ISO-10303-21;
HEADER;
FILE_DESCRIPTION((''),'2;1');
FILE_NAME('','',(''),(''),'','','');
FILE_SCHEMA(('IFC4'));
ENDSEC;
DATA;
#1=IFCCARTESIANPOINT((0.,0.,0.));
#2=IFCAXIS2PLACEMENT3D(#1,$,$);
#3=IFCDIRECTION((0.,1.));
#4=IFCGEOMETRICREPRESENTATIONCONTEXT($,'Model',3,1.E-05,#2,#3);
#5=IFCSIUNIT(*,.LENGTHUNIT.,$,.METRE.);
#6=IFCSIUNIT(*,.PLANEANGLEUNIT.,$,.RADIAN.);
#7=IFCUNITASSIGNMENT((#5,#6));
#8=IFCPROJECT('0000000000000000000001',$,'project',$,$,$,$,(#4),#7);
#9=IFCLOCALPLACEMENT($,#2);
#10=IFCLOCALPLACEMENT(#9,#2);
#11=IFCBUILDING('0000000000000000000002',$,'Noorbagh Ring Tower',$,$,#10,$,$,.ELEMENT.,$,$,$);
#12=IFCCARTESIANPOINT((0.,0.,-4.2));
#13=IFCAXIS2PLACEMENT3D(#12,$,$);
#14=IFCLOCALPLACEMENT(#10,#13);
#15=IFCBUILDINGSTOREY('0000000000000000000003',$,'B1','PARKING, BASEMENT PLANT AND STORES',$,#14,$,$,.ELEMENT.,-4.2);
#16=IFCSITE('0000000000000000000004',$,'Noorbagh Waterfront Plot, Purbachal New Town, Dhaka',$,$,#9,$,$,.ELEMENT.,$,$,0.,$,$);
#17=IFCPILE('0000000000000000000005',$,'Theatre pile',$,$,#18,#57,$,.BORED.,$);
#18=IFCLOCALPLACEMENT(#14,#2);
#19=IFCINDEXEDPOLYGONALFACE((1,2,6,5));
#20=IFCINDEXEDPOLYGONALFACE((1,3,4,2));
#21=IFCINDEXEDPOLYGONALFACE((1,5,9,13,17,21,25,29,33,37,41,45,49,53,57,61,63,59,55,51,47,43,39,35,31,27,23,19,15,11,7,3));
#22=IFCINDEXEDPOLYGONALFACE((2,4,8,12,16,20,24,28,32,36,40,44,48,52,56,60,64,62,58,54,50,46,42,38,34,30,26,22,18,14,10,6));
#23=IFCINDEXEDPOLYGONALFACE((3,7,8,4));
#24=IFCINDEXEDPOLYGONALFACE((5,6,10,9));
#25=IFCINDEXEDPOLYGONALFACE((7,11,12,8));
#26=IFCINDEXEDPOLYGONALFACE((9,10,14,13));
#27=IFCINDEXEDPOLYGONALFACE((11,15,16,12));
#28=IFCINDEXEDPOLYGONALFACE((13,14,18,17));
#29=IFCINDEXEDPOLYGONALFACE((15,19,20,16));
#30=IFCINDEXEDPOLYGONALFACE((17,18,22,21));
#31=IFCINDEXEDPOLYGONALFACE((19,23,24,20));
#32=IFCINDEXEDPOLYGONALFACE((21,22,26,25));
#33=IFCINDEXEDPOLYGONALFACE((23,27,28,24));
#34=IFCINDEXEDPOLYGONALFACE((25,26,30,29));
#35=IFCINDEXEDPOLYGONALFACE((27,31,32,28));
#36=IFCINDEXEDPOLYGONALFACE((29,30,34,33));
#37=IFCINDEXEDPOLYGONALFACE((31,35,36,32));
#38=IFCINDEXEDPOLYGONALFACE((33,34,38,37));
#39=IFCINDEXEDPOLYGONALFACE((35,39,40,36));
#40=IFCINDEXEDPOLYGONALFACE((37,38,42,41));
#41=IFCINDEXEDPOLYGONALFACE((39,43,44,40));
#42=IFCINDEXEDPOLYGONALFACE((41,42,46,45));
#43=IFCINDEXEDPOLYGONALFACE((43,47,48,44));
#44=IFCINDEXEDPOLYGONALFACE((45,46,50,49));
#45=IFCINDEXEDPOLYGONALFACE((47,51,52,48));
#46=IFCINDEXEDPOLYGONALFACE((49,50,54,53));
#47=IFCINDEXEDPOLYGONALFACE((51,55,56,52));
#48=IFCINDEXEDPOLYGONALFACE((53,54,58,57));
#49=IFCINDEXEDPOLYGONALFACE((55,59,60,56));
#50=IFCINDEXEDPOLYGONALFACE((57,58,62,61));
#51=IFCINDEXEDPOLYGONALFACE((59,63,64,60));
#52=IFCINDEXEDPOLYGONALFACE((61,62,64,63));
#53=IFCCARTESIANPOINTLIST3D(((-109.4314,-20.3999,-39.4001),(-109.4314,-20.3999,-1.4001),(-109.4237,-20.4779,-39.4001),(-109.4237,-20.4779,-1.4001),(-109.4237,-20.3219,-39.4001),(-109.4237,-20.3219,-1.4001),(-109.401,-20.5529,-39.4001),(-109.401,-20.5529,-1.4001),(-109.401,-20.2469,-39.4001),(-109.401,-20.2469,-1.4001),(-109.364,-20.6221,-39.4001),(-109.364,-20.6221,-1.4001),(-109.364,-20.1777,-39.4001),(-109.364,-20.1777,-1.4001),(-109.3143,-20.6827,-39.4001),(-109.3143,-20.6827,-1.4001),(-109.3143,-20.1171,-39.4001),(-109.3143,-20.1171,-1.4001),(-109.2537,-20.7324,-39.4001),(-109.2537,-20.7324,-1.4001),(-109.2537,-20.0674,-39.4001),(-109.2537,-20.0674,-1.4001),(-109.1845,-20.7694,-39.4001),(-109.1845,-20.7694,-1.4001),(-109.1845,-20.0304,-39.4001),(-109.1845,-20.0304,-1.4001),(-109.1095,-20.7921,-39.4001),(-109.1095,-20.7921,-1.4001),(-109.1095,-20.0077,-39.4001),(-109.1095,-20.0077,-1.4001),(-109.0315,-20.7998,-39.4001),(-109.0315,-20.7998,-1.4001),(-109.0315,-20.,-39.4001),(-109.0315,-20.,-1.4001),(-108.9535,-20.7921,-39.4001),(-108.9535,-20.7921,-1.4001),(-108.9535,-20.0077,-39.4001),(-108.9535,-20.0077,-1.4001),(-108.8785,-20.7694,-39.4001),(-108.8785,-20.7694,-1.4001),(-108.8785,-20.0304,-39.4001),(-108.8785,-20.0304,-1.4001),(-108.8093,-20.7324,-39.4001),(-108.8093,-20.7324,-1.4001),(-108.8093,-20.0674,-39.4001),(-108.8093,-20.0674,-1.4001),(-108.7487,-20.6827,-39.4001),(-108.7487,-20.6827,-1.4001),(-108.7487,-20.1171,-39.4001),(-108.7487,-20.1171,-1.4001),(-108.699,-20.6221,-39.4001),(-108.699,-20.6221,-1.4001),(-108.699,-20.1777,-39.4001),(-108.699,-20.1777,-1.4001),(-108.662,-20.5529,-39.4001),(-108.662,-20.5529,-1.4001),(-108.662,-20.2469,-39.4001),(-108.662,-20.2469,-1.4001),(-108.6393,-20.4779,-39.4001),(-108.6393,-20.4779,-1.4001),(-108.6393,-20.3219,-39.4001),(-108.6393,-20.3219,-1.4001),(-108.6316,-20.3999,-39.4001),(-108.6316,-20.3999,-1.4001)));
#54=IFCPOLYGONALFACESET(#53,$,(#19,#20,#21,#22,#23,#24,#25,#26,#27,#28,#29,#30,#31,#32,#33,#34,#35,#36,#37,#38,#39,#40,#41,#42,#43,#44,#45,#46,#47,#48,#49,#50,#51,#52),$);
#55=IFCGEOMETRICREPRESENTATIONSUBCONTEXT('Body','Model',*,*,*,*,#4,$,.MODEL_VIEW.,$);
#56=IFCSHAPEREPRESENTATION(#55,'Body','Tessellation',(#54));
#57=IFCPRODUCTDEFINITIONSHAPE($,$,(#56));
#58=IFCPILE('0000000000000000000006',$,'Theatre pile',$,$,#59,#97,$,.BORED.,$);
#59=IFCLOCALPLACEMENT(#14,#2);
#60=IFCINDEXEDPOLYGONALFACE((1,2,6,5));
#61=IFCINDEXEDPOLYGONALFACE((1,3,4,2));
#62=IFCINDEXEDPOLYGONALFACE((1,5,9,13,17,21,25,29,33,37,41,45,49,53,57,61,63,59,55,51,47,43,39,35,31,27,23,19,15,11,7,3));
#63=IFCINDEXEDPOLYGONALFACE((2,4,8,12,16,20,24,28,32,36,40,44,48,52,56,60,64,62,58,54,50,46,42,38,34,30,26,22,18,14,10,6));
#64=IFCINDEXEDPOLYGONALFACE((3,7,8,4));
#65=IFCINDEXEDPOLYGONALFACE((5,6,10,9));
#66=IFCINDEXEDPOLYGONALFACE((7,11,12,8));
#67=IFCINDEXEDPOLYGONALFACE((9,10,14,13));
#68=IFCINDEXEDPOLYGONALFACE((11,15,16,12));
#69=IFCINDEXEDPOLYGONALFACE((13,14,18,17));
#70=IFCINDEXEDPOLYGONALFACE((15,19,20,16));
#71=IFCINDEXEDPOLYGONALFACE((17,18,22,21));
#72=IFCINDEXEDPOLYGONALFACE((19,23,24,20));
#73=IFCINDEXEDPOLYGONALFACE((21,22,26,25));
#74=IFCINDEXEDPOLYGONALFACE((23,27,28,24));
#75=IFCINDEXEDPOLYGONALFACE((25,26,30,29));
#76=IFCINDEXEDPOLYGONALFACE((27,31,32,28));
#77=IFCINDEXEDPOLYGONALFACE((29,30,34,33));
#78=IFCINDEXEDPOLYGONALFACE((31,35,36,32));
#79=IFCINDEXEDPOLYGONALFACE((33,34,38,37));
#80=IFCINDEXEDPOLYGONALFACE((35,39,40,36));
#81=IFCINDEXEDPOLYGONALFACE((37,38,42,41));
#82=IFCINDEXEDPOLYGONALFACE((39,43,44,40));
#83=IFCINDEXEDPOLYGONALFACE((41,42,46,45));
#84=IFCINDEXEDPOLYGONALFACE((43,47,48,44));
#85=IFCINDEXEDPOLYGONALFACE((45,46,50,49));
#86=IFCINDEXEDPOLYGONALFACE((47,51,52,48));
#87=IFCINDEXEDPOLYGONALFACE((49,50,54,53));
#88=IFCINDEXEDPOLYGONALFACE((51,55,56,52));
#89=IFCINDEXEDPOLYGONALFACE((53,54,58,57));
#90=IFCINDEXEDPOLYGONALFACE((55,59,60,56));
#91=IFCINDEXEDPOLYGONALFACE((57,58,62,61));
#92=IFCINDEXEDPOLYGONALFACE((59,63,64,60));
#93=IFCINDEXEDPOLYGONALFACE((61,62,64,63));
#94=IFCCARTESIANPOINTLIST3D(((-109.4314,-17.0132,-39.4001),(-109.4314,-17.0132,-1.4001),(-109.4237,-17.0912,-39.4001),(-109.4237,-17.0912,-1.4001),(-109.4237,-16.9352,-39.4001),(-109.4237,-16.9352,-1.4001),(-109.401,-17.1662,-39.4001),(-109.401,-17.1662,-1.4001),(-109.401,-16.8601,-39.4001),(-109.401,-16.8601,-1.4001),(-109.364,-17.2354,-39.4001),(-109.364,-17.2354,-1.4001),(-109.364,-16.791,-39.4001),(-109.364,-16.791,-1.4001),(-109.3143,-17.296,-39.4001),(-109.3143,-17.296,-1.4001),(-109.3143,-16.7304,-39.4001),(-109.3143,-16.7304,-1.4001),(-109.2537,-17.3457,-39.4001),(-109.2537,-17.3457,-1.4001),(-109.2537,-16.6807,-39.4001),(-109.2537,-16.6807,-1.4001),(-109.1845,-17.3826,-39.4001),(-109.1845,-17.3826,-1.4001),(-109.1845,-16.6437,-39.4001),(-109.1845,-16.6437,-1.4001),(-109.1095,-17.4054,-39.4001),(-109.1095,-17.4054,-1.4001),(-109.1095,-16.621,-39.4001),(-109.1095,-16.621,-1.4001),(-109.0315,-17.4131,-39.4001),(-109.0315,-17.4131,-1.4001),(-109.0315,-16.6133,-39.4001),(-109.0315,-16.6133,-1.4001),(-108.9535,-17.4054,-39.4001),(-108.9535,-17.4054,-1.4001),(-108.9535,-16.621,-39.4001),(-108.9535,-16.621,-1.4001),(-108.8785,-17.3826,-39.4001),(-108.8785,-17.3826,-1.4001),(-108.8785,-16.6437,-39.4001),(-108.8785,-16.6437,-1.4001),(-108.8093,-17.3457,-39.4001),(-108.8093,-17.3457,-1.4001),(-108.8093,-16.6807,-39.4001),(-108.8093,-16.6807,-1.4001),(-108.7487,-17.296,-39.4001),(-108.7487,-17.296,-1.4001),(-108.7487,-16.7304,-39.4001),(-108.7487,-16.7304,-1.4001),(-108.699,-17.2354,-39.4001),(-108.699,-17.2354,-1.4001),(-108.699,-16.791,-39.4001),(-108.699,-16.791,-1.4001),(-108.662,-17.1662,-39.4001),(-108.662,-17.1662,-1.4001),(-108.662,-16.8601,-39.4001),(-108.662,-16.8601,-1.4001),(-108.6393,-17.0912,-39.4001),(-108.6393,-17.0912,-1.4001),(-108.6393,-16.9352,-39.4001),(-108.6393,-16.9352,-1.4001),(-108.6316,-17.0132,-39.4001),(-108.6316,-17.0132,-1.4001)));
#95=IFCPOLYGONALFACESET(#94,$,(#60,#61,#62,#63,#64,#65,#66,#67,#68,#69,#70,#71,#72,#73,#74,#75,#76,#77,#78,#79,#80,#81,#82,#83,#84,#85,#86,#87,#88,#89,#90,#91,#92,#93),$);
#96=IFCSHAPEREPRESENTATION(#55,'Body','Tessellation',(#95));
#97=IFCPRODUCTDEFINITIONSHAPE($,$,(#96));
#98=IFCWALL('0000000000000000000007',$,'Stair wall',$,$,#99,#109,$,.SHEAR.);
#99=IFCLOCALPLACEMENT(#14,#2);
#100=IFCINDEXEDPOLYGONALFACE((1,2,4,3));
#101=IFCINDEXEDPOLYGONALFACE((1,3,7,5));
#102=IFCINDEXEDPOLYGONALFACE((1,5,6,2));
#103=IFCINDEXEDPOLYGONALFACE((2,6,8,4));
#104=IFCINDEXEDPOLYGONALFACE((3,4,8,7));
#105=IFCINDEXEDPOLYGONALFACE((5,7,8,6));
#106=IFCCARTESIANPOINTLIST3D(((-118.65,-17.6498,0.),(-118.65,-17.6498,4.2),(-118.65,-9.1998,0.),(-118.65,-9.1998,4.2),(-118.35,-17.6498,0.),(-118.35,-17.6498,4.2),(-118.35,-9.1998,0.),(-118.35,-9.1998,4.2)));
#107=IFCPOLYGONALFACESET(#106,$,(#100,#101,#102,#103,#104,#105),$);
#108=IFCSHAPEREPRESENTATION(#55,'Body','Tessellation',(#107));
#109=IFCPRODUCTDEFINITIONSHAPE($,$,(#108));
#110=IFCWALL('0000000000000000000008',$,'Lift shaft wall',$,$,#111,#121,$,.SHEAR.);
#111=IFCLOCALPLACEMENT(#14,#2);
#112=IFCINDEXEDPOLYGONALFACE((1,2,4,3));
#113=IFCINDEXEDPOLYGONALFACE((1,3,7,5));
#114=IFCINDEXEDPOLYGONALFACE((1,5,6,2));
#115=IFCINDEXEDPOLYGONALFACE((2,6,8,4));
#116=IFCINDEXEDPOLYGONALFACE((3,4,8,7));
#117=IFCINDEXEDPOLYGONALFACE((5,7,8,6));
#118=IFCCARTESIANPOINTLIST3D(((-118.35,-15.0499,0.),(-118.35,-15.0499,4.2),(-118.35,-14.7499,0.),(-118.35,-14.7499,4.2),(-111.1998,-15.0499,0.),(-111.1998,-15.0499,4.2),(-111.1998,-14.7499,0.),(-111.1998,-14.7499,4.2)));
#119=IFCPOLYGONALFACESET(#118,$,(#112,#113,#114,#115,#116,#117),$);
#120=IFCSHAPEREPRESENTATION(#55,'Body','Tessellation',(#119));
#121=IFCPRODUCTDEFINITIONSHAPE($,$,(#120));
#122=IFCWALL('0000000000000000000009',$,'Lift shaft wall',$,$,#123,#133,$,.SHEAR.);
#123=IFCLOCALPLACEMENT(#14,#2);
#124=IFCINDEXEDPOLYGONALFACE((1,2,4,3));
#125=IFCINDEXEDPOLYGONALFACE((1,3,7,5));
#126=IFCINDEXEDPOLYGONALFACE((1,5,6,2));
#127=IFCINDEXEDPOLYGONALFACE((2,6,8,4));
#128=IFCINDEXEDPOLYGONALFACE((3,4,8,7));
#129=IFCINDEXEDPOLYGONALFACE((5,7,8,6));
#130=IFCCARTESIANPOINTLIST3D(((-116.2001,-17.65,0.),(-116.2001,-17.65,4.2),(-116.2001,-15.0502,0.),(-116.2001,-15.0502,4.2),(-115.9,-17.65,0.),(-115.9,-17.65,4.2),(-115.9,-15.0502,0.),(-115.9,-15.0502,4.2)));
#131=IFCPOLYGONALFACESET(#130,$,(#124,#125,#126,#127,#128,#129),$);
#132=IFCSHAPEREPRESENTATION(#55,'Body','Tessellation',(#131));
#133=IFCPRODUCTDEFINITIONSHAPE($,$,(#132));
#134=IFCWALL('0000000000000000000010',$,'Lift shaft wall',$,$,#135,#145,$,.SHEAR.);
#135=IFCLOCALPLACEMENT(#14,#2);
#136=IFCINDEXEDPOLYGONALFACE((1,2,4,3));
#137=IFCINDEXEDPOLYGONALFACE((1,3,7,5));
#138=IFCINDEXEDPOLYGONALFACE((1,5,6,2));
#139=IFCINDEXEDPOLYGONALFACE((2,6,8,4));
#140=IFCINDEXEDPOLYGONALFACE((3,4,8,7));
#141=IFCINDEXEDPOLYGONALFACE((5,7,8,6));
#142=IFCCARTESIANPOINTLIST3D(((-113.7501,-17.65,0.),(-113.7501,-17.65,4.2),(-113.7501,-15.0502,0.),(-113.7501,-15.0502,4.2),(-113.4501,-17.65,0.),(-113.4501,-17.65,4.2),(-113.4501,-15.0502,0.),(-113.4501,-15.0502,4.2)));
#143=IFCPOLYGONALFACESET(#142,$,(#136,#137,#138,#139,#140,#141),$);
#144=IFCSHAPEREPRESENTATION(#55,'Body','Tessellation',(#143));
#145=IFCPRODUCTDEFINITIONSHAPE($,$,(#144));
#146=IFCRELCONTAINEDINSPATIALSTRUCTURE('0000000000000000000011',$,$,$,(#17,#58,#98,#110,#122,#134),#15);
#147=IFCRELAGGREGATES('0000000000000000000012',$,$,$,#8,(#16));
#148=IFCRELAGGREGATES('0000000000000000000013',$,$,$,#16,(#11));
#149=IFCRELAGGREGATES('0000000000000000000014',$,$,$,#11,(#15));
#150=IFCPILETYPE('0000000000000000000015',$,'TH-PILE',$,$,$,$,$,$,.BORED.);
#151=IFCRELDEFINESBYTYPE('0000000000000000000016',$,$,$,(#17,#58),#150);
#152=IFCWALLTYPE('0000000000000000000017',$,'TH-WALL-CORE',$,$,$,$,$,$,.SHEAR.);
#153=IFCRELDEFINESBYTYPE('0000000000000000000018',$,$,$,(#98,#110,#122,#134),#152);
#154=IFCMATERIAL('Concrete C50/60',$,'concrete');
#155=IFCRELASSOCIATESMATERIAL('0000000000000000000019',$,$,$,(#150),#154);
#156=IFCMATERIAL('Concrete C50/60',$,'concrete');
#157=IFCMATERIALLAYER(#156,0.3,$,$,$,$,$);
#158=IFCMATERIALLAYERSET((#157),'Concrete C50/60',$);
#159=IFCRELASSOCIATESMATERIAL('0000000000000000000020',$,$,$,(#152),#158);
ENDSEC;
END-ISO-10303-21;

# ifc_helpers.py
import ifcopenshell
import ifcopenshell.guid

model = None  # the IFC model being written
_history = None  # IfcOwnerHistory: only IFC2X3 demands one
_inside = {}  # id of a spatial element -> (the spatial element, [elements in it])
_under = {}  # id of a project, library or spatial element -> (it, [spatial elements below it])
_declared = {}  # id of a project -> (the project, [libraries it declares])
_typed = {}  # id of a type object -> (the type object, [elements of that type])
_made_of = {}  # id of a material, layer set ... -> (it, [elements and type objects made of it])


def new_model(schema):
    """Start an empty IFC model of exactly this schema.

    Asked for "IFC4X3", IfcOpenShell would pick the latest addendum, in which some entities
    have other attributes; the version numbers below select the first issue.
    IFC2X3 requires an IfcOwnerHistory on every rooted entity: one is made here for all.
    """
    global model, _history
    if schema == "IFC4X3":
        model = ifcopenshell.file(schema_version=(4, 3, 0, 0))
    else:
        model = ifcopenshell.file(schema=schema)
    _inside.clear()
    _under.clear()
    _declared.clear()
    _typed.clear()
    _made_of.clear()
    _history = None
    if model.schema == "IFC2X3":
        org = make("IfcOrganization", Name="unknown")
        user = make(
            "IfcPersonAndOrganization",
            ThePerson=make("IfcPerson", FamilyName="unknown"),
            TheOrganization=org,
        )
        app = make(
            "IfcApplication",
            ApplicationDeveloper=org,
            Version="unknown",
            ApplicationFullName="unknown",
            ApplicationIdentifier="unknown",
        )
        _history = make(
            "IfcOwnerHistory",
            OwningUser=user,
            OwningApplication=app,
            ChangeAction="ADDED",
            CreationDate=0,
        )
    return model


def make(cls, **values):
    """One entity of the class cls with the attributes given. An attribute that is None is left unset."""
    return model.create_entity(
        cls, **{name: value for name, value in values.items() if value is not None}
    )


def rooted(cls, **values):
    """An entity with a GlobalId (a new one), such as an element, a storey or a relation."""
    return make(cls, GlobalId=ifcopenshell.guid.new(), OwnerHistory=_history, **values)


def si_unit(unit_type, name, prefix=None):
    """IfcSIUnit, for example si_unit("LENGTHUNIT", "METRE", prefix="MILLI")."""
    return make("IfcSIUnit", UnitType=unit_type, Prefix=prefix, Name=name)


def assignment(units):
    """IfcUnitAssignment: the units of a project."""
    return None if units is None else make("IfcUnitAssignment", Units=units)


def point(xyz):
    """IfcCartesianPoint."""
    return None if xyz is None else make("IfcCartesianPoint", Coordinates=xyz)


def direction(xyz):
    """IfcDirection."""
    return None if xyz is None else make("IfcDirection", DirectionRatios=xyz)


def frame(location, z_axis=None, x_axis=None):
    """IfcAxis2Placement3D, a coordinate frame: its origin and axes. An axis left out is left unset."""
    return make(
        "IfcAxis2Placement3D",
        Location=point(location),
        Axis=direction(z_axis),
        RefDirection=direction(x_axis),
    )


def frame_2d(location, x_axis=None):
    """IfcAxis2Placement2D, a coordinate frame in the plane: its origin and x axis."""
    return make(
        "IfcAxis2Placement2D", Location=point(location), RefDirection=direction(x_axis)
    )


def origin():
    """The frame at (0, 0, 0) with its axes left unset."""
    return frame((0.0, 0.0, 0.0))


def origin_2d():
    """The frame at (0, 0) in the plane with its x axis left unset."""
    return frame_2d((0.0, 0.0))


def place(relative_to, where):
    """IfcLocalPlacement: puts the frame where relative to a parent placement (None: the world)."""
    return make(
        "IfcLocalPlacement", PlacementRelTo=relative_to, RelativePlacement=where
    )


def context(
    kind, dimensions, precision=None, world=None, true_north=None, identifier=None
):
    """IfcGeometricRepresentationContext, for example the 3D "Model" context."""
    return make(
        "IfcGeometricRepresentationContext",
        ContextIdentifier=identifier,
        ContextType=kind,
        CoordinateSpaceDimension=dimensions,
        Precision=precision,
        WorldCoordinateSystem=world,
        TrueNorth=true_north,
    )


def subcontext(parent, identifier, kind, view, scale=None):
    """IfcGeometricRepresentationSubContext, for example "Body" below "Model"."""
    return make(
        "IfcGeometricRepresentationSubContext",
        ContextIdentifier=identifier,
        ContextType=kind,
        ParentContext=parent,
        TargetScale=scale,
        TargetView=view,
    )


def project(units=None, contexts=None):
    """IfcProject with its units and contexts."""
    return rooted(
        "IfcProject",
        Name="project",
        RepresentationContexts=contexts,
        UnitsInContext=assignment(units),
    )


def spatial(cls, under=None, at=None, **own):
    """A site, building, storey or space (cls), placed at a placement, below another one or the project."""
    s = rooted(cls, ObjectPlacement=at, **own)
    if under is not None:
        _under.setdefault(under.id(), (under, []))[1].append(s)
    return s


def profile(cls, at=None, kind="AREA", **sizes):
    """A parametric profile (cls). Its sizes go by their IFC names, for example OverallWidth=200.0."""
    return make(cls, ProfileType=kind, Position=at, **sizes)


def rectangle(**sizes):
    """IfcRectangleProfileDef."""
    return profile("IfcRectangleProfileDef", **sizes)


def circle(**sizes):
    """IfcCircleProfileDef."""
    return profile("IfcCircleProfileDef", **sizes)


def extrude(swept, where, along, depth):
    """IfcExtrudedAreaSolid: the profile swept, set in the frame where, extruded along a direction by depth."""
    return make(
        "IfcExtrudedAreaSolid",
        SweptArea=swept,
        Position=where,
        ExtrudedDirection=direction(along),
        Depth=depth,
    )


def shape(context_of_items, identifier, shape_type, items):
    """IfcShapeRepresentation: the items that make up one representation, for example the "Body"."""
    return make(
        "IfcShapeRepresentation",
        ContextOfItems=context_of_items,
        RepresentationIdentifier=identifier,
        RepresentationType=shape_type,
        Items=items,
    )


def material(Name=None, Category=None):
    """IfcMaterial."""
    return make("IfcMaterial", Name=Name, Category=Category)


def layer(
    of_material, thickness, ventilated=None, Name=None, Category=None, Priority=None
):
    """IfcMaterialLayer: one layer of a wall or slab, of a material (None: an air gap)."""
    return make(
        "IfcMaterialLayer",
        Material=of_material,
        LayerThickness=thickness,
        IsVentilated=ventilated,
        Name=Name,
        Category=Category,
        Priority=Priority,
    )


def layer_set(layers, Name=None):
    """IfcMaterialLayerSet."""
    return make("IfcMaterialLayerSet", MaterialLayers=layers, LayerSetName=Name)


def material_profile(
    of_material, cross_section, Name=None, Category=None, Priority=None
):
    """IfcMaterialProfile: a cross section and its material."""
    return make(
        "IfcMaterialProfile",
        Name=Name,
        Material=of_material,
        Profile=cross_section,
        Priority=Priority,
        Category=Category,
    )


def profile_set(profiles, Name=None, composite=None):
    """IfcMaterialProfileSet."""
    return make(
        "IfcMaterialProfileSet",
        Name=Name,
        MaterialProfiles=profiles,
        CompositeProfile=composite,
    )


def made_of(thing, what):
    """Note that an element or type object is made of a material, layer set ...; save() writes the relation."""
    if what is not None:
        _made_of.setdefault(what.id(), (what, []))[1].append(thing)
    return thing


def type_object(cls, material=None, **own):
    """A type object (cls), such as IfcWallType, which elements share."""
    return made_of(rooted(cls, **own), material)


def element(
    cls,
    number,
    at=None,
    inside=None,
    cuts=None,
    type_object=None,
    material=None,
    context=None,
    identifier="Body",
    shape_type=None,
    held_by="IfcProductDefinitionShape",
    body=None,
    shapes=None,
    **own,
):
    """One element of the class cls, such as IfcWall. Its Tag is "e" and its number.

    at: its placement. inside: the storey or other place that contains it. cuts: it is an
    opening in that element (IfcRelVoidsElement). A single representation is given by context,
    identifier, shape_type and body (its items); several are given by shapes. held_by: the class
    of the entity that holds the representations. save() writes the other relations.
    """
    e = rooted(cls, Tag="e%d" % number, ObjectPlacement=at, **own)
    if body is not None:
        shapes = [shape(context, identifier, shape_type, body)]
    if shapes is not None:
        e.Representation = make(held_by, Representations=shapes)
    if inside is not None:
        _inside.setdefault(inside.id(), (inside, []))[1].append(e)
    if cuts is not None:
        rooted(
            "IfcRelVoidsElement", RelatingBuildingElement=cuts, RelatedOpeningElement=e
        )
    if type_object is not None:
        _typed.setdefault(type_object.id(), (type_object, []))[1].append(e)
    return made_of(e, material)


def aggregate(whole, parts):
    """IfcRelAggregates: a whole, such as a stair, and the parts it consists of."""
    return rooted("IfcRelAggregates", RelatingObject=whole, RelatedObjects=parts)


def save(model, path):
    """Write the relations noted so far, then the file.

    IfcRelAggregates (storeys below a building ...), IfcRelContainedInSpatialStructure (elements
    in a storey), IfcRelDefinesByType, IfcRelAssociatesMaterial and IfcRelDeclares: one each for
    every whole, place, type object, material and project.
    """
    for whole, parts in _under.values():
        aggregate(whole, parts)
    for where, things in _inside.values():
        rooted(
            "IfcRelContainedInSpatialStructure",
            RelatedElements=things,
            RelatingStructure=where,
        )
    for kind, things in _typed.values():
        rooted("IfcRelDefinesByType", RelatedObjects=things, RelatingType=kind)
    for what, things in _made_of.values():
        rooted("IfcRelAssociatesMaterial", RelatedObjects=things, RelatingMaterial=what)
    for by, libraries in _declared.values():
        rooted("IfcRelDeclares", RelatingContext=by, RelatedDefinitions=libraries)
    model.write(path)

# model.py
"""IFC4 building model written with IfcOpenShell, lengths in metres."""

from ifc_helpers import new_model, si_unit, direction, frame, frame_2d, origin, origin_2d, place, context, subcontext, project, spatial, rectangle, circle, extrude, material, layer, layer_set, material_profile, profile_set, type_object, element, save


model = new_model("IFC4")

# Units and contexts
model_context = context("Model", 3, precision=1e-05, world=origin(), true_north=direction((0.0, 1.0)))
body_context = subcontext(model_context, "Body", "Model", "MODEL_VIEW")
ifc_project = project(units=[si_unit("LENGTHUNIT", "METRE"), si_unit("PLANEANGLEUNIT", "RADIAN")], contexts=[model_context])

# Site, building, storey
site_placement = place(None, origin())
site = spatial("IfcSite", under=ifc_project, at=site_placement, Name="Noorbagh Waterfront Plot, Purbachal New Town, Dhaka", CompositionType="ELEMENT", RefElevation=0.0)
building_placement = place(site_placement, origin())
building = spatial("IfcBuilding", under=site, at=building_placement, Name="Noorbagh Ring Tower", CompositionType="ELEMENT")
storey_placement = place(building_placement, frame((0.0, 0.0, -4.2)))
storey = spatial("IfcBuildingStorey", under=building, at=storey_placement, Name="B1", Description="PARKING, BASEMENT PLANT AND STORES", CompositionType="ELEMENT", Elevation=-4.2)

# Piles
ifc_material_1 = material(Name="Concrete C50/60", Category="concrete")
ifc_material_profile = material_profile(ifc_material_1, circle(Radius=0.3999, at=origin_2d()), Name="PILE800")
ifc_profile_set = profile_set([ifc_material_profile], Name="Concrete C50/60")
pile_type = type_object("IfcPileType", Name="TH-PILE", PredefinedType="BORED", material=ifc_profile_set)
for number, where, z_axis, x_axis, name in (
    (1, (-109.0315, -20.3999, -1.4001), (0.0, 0.0, -1.0), (1.0, 0.0, 0.0), "Theatre pile"),
    (2, (-109.0315, -17.0132, -1.4001), (0.0, 0.0, -1.0), (1.0, 0.0, 0.0), "Theatre pile"),
):
    element("IfcPile", number, at=place(storey_placement, frame(where, z_axis=z_axis, x_axis=x_axis)), inside=storey, type_object=pile_type, Name=name, PredefinedType="BORED", context=body_context, shape_type="SweptSolid", body=[
        extrude(circle(Radius=0.3999, at=origin_2d()), origin(), (0.0, 0.0, 1.0), 38.0),
    ])

# Walls
ifc_material_2 = material(Name="Concrete C50/60", Category="concrete")
ifc_layer_1 = layer(ifc_material_2, 0.3)
ifc_layer_set_1 = layer_set([ifc_layer_1], Name="Concrete C50/60")
wall_type_1 = type_object("IfcWallType", Name="TH-WALL-CORE", PredefinedType="SHEAR", material=ifc_layer_set_1)
wall_1_placement = place(storey_placement, frame((-118.5, -17.6499, 0.0), z_axis=(0.0, 0.0, 1.0), x_axis=(0.0, 1.0, 0.0)))
element("IfcWall", 3, at=wall_1_placement, inside=storey, type_object=wall_type_1, Name="Stair wall", PredefinedType="SHEAR", context=body_context, shape_type="SweptSolid", body=[
    extrude(rectangle(XDim=8.45, YDim=0.3, at=frame_2d((4.2251, 0.0))), origin(), (0.0, 0.0, 1.0), 4.2),
])
wall_2_placement = place(storey_placement, frame((-118.3501, -14.8999, 0.0), z_axis=(0.0, 0.0, 1.0), x_axis=(1.0, 0.0, 0.0)))
element("IfcWall", 4, at=wall_2_placement, inside=storey, type_object=wall_type_1, Name="Lift shaft wall", PredefinedType="SHEAR", context=body_context, shape_type="SweptSolid", body=[
    extrude(rectangle(XDim=7.1501, YDim=0.3, at=frame_2d((3.5752, 0.0))), origin(), (0.0, 0.0, 1.0), 4.2),
])
for number, where, z_axis, x_axis, name in (
    (5, (-116.05, -17.6499, 0.0), (0.0, 0.0, 1.0), (0.0, 1.0, 0.0), "Lift shaft wall"),
    (6, (-113.6001, -17.6499, 0.0), (0.0, 0.0, 1.0), (0.0, 1.0, 0.0), "Lift shaft wall"),
):
    element("IfcWall", number, at=place(storey_placement, frame(where, z_axis=z_axis, x_axis=x_axis)), inside=storey, type_object=wall_type_1, Name=name, PredefinedType="SHEAR", context=body_context, shape_type="SweptSolid", body=[
        extrude(rectangle(XDim=2.5999, YDim=0.3, at=frame_2d((1.2998, 0.0))), origin(), (0.0, 0.0, 1.0), 4.2),
    ])

save(model, "model.ifc")
